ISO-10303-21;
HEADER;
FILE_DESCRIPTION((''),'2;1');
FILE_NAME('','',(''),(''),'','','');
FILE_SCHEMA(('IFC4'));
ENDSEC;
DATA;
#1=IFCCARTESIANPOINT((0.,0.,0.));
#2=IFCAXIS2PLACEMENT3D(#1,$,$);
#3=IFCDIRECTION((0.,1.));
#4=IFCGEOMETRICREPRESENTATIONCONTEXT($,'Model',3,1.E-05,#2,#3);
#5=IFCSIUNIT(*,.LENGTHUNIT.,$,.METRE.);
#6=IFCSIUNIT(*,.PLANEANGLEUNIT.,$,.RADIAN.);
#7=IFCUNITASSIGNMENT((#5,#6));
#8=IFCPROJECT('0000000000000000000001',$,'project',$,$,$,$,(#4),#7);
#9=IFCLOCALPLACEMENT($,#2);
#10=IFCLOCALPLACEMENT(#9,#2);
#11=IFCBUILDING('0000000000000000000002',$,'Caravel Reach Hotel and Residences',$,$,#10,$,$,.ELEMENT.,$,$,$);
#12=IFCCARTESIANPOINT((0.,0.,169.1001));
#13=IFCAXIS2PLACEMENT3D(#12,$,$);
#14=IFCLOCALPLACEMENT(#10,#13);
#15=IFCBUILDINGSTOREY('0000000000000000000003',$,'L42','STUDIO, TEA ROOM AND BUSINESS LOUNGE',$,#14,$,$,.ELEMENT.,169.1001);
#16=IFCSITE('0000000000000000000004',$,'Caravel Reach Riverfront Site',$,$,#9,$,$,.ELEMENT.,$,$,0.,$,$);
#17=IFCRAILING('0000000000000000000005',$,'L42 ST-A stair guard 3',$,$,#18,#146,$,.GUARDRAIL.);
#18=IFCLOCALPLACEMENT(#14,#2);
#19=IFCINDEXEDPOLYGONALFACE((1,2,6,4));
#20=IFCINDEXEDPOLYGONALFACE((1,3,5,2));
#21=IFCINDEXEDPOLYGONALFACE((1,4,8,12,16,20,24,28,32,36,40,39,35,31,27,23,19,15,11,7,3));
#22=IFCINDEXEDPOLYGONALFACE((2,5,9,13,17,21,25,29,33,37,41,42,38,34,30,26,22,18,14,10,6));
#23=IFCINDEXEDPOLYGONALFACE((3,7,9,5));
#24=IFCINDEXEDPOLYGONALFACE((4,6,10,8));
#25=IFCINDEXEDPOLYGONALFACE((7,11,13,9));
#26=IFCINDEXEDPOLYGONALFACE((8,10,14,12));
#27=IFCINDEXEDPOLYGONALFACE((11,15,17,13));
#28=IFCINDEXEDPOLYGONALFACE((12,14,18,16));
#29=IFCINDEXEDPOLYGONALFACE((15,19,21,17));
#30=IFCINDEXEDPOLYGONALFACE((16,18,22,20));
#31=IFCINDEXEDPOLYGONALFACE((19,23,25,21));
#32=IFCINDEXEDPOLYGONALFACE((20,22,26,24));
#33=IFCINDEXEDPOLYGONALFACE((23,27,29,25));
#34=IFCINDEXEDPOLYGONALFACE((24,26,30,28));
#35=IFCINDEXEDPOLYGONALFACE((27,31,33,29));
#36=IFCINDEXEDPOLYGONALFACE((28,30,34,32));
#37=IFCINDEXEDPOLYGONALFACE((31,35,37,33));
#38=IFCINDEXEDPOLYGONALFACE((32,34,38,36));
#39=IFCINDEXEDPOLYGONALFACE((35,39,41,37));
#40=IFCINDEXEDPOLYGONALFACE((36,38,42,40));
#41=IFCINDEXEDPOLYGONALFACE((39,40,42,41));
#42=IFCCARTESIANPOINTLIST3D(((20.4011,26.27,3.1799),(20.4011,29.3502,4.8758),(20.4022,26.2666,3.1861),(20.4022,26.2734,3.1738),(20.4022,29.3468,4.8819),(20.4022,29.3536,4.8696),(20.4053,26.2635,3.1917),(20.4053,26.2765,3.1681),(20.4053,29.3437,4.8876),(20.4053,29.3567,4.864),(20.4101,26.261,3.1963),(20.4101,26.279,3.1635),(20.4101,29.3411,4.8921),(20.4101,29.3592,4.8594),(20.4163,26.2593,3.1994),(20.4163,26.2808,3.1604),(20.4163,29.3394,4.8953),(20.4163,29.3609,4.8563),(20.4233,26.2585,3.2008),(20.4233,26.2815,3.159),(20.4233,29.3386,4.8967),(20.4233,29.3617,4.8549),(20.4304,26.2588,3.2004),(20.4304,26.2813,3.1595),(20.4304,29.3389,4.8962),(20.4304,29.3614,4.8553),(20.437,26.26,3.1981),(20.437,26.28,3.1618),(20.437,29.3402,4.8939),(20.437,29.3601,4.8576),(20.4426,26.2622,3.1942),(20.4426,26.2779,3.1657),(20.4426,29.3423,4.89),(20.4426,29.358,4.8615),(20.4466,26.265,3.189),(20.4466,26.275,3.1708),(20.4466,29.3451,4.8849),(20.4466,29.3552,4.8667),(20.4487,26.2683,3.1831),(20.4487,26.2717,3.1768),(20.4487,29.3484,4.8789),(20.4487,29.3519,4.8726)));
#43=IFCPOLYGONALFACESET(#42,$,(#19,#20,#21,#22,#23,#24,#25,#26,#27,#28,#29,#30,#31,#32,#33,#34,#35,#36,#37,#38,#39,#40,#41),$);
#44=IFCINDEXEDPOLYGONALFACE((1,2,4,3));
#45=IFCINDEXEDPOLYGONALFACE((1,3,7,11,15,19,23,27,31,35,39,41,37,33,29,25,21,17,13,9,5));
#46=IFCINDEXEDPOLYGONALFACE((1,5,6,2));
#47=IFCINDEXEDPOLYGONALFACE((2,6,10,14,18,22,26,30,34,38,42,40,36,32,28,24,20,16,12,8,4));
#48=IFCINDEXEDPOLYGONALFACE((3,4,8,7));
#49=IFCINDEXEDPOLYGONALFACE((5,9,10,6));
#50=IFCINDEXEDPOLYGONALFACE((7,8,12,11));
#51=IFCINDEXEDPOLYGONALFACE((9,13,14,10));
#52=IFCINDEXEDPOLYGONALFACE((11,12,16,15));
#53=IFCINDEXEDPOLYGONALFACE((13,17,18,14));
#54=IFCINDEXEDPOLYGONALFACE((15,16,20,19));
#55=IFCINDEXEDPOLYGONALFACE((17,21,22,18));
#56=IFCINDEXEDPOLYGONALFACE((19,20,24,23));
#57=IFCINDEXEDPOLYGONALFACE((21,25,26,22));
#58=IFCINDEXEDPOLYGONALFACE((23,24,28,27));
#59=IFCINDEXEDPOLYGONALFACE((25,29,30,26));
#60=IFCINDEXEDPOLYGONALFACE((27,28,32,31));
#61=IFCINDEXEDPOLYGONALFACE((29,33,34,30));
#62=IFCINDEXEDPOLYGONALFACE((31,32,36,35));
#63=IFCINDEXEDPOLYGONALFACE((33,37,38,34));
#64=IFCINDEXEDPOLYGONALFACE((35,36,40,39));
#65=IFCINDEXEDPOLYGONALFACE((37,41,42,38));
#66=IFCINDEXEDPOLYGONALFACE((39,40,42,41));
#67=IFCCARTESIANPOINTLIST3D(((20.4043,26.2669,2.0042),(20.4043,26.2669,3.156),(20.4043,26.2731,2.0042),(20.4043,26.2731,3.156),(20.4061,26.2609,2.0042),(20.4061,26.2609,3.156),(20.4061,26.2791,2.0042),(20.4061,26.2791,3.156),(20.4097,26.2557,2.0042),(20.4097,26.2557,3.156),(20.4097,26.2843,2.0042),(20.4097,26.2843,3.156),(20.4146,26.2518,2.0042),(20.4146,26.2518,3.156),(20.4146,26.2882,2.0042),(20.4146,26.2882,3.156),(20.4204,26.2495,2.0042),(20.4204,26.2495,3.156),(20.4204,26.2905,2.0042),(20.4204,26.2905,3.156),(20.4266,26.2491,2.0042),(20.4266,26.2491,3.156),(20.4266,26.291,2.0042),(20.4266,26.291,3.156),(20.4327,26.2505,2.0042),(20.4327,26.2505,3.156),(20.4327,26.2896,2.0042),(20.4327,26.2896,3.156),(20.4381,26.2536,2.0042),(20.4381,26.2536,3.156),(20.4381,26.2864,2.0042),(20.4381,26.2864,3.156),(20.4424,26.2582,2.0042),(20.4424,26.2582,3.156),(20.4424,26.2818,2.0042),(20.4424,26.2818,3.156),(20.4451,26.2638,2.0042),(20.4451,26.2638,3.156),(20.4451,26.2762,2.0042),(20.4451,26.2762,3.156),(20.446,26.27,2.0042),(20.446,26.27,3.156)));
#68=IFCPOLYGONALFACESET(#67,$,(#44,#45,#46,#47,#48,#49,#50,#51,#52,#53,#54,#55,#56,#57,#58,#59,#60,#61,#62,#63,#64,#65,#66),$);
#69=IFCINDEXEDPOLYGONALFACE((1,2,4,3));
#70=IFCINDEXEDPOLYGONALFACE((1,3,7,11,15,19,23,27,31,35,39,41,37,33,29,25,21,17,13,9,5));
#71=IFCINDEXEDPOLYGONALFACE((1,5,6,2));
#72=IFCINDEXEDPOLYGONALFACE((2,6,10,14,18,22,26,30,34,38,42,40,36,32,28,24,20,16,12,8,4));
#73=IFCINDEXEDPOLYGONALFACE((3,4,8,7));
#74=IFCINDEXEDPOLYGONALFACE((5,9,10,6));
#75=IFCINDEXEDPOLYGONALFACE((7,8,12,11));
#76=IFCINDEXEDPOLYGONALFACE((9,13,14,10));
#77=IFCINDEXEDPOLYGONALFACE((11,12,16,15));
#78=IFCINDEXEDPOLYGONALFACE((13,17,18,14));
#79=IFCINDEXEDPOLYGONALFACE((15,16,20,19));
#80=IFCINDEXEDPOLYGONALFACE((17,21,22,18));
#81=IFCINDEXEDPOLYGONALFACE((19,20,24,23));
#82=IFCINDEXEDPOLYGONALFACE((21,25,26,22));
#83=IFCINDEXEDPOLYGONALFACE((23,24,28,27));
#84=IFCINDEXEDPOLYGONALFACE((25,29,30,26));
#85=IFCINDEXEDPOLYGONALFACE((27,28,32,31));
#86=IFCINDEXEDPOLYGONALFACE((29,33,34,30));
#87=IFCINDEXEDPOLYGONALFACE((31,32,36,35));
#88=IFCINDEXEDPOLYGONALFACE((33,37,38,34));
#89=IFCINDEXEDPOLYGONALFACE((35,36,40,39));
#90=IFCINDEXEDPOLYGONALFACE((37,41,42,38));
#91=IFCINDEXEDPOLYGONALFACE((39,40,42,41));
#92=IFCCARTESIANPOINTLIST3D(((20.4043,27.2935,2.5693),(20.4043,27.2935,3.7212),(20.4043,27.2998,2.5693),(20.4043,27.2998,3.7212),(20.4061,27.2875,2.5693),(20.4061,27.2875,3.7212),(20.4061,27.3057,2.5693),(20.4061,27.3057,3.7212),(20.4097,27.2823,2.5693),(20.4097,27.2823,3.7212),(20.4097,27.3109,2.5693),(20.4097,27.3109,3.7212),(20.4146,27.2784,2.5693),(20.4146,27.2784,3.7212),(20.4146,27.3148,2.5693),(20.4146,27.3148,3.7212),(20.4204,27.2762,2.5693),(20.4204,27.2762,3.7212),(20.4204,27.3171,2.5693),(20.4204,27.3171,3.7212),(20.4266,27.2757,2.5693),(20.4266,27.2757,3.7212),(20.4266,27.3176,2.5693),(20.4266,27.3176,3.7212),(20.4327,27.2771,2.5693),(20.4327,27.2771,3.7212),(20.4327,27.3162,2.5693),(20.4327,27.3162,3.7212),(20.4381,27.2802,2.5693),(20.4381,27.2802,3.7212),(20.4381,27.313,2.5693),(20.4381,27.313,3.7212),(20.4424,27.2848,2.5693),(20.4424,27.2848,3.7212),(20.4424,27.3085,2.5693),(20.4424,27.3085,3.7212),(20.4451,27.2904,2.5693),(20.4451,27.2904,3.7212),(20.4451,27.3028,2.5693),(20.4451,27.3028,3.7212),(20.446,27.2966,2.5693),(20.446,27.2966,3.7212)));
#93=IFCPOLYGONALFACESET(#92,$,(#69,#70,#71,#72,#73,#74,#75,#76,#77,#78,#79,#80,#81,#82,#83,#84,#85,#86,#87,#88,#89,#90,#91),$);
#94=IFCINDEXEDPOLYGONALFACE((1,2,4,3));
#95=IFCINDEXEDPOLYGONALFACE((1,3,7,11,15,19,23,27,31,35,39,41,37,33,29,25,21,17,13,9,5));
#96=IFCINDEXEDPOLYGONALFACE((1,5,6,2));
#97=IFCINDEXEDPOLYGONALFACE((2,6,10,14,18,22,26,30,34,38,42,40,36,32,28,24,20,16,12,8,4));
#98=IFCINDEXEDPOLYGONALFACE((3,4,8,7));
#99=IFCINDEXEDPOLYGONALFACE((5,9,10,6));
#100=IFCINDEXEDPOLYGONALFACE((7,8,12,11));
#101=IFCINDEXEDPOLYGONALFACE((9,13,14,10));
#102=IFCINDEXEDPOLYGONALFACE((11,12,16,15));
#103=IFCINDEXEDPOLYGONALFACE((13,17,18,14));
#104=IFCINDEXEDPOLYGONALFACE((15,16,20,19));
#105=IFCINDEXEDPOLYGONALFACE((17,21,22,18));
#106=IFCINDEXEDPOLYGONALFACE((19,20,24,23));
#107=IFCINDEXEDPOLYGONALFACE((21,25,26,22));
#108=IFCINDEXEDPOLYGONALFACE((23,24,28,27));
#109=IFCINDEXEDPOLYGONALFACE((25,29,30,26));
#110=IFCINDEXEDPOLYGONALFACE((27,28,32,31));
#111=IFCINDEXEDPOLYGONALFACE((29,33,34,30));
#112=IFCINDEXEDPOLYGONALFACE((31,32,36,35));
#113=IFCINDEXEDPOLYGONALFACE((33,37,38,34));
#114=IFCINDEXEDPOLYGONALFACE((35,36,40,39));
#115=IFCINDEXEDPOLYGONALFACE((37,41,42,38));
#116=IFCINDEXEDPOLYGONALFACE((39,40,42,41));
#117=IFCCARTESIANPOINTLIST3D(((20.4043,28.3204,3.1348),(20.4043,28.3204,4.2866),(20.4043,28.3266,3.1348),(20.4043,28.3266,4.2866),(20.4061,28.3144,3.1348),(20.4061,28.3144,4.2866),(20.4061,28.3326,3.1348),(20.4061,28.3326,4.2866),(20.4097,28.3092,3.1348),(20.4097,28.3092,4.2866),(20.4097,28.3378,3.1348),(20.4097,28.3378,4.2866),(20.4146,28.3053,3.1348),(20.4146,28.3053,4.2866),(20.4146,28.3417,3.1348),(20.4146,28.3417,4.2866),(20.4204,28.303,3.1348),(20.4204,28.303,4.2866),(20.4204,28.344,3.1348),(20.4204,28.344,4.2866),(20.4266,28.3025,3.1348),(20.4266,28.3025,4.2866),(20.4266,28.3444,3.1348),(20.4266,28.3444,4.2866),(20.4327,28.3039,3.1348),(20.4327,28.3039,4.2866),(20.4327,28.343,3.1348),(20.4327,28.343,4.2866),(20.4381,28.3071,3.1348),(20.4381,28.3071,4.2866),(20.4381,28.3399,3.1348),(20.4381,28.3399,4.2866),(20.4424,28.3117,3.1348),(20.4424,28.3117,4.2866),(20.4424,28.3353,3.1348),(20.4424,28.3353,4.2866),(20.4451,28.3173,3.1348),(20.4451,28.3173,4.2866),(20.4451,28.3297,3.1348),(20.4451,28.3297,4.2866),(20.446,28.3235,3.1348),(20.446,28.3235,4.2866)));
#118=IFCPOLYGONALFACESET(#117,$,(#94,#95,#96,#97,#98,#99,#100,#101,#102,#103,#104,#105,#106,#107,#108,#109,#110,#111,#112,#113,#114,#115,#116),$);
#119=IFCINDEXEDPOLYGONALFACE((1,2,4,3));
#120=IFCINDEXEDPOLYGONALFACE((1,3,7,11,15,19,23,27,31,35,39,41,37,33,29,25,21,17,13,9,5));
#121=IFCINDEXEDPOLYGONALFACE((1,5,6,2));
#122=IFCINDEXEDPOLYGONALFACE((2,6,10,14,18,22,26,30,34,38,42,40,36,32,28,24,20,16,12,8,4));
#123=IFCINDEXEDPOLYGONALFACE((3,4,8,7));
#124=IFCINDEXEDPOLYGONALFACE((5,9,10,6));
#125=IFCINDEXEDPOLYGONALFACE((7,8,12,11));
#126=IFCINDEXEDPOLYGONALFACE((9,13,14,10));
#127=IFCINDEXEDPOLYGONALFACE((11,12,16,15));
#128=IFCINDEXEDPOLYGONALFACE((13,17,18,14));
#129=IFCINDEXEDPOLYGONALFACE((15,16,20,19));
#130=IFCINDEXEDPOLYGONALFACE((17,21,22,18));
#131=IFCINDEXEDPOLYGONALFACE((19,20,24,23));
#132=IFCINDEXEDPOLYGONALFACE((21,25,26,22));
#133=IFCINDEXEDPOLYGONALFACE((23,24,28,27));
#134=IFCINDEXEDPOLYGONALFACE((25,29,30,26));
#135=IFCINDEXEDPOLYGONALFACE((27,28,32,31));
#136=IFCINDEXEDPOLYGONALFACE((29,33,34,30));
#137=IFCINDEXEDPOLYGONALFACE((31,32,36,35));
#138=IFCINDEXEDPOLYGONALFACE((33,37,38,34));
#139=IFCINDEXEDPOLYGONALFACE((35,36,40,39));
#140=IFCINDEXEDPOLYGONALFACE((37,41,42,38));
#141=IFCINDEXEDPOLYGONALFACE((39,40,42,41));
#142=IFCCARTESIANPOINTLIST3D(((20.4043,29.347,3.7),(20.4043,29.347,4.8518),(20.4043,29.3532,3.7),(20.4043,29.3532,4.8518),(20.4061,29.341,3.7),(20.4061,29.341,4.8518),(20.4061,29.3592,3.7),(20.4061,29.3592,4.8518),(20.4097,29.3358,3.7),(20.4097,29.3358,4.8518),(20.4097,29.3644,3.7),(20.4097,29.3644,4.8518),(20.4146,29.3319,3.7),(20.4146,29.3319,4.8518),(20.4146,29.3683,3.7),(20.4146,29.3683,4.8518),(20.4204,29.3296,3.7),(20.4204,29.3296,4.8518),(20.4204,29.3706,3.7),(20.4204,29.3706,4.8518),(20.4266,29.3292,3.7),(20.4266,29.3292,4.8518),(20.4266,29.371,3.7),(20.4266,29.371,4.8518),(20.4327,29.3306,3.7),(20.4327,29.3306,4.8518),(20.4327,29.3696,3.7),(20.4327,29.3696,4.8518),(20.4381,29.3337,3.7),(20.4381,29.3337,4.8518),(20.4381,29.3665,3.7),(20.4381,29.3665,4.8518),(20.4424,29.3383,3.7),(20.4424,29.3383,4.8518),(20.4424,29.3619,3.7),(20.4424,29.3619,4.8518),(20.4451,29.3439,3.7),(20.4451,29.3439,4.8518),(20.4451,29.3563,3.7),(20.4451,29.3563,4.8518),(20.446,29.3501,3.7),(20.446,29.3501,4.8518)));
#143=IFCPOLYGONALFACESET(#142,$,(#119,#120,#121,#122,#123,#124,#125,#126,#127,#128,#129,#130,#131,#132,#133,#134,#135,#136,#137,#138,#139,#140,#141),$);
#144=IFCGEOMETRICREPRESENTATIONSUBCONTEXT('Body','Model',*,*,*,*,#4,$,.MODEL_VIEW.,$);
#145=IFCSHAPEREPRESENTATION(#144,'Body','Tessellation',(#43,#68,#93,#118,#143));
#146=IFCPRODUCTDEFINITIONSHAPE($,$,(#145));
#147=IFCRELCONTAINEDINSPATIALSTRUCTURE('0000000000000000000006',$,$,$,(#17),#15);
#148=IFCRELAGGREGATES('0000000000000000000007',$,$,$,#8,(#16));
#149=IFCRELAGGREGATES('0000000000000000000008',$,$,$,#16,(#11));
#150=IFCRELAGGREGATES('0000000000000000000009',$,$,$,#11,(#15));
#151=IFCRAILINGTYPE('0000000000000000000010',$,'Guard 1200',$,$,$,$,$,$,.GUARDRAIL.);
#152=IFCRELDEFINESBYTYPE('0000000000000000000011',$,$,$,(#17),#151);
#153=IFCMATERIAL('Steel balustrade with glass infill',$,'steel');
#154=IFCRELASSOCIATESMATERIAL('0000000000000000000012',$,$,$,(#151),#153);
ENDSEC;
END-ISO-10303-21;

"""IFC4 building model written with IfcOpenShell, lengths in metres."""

from ifc_helpers import new_model, si_unit, direction, frame, origin, origin_2d, place, context, subcontext, project, spatial, circle, extrude, material, type_object, element, save


model = new_model("IFC4")

# Units and contexts
model_context = context("Model", 3, precision=1e-05, world=origin(), true_north=direction((0.0, 1.0)))
body_context = subcontext(model_context, "Body", "Model", "MODEL_VIEW")
ifc_project = project(units=[si_unit("LENGTHUNIT", "METRE"), si_unit("PLANEANGLEUNIT", "RADIAN")], contexts=[model_context])

# Site, building, storey
site_placement = place(None, origin())
site = spatial("IfcSite", under=ifc_project, at=site_placement, Name="Caravel Reach Riverfront Site", CompositionType="ELEMENT", RefElevation=0.0)
building_placement = place(site_placement, origin())
building = spatial("IfcBuilding", under=site, at=building_placement, Name="Caravel Reach Hotel and Residences", CompositionType="ELEMENT")
storey_placement = place(building_placement, frame((0.0, 0.0, 169.1001)))
storey = spatial("IfcBuildingStorey", under=building, at=storey_placement, Name="L42", Description="STUDIO, TEA ROOM AND BUSINESS LOUNGE", CompositionType="ELEMENT", Elevation=169.1001)

# Railing
ifc_material_1 = material(Name="Steel balustrade with glass infill", Category="steel")
railing_type_1 = type_object("IfcRailingType", Name="Guard 1200", PredefinedType="GUARDRAIL", material=ifc_material_1)
railing_1_placement = place(storey_placement, frame((20.425, 26.27, 2.0042)))
element("IfcRailing", 1, at=railing_1_placement, inside=storey, type_object=railing_type_1, Name="L42 ST-A stair guard 3", PredefinedType="GUARDRAIL", context=body_context, shape_type="SweptSolid", body=[
    extrude(circle(Radius=0.0239, at=origin_2d()), frame((0.0, 0.0, 1.1758), z_axis=(0.0, 0.876005, 0.482303), x_axis=(-1.0, 0.0, 0.0)), (0.0, 0.0, 1.0), 3.5161),
    extrude(circle(Radius=0.021, at=origin_2d()), origin(), (0.0, 0.0, 1.0), 1.1519),
    extrude(circle(Radius=0.021, at=origin_2d()), frame((0.0, 1.0266, 0.5652)), (0.0, 0.0, 1.0), 1.1519),
    extrude(circle(Radius=0.021, at=origin_2d()), frame((0.0, 2.0535, 1.1306)), (0.0, 0.0, 1.0), 1.1519),
    extrude(circle(Radius=0.021, at=origin_2d()), frame((0.0, 3.0801, 1.6958)), (0.0, 0.0, 1.0), 1.1519),
])

save(model, "model.ifc")
